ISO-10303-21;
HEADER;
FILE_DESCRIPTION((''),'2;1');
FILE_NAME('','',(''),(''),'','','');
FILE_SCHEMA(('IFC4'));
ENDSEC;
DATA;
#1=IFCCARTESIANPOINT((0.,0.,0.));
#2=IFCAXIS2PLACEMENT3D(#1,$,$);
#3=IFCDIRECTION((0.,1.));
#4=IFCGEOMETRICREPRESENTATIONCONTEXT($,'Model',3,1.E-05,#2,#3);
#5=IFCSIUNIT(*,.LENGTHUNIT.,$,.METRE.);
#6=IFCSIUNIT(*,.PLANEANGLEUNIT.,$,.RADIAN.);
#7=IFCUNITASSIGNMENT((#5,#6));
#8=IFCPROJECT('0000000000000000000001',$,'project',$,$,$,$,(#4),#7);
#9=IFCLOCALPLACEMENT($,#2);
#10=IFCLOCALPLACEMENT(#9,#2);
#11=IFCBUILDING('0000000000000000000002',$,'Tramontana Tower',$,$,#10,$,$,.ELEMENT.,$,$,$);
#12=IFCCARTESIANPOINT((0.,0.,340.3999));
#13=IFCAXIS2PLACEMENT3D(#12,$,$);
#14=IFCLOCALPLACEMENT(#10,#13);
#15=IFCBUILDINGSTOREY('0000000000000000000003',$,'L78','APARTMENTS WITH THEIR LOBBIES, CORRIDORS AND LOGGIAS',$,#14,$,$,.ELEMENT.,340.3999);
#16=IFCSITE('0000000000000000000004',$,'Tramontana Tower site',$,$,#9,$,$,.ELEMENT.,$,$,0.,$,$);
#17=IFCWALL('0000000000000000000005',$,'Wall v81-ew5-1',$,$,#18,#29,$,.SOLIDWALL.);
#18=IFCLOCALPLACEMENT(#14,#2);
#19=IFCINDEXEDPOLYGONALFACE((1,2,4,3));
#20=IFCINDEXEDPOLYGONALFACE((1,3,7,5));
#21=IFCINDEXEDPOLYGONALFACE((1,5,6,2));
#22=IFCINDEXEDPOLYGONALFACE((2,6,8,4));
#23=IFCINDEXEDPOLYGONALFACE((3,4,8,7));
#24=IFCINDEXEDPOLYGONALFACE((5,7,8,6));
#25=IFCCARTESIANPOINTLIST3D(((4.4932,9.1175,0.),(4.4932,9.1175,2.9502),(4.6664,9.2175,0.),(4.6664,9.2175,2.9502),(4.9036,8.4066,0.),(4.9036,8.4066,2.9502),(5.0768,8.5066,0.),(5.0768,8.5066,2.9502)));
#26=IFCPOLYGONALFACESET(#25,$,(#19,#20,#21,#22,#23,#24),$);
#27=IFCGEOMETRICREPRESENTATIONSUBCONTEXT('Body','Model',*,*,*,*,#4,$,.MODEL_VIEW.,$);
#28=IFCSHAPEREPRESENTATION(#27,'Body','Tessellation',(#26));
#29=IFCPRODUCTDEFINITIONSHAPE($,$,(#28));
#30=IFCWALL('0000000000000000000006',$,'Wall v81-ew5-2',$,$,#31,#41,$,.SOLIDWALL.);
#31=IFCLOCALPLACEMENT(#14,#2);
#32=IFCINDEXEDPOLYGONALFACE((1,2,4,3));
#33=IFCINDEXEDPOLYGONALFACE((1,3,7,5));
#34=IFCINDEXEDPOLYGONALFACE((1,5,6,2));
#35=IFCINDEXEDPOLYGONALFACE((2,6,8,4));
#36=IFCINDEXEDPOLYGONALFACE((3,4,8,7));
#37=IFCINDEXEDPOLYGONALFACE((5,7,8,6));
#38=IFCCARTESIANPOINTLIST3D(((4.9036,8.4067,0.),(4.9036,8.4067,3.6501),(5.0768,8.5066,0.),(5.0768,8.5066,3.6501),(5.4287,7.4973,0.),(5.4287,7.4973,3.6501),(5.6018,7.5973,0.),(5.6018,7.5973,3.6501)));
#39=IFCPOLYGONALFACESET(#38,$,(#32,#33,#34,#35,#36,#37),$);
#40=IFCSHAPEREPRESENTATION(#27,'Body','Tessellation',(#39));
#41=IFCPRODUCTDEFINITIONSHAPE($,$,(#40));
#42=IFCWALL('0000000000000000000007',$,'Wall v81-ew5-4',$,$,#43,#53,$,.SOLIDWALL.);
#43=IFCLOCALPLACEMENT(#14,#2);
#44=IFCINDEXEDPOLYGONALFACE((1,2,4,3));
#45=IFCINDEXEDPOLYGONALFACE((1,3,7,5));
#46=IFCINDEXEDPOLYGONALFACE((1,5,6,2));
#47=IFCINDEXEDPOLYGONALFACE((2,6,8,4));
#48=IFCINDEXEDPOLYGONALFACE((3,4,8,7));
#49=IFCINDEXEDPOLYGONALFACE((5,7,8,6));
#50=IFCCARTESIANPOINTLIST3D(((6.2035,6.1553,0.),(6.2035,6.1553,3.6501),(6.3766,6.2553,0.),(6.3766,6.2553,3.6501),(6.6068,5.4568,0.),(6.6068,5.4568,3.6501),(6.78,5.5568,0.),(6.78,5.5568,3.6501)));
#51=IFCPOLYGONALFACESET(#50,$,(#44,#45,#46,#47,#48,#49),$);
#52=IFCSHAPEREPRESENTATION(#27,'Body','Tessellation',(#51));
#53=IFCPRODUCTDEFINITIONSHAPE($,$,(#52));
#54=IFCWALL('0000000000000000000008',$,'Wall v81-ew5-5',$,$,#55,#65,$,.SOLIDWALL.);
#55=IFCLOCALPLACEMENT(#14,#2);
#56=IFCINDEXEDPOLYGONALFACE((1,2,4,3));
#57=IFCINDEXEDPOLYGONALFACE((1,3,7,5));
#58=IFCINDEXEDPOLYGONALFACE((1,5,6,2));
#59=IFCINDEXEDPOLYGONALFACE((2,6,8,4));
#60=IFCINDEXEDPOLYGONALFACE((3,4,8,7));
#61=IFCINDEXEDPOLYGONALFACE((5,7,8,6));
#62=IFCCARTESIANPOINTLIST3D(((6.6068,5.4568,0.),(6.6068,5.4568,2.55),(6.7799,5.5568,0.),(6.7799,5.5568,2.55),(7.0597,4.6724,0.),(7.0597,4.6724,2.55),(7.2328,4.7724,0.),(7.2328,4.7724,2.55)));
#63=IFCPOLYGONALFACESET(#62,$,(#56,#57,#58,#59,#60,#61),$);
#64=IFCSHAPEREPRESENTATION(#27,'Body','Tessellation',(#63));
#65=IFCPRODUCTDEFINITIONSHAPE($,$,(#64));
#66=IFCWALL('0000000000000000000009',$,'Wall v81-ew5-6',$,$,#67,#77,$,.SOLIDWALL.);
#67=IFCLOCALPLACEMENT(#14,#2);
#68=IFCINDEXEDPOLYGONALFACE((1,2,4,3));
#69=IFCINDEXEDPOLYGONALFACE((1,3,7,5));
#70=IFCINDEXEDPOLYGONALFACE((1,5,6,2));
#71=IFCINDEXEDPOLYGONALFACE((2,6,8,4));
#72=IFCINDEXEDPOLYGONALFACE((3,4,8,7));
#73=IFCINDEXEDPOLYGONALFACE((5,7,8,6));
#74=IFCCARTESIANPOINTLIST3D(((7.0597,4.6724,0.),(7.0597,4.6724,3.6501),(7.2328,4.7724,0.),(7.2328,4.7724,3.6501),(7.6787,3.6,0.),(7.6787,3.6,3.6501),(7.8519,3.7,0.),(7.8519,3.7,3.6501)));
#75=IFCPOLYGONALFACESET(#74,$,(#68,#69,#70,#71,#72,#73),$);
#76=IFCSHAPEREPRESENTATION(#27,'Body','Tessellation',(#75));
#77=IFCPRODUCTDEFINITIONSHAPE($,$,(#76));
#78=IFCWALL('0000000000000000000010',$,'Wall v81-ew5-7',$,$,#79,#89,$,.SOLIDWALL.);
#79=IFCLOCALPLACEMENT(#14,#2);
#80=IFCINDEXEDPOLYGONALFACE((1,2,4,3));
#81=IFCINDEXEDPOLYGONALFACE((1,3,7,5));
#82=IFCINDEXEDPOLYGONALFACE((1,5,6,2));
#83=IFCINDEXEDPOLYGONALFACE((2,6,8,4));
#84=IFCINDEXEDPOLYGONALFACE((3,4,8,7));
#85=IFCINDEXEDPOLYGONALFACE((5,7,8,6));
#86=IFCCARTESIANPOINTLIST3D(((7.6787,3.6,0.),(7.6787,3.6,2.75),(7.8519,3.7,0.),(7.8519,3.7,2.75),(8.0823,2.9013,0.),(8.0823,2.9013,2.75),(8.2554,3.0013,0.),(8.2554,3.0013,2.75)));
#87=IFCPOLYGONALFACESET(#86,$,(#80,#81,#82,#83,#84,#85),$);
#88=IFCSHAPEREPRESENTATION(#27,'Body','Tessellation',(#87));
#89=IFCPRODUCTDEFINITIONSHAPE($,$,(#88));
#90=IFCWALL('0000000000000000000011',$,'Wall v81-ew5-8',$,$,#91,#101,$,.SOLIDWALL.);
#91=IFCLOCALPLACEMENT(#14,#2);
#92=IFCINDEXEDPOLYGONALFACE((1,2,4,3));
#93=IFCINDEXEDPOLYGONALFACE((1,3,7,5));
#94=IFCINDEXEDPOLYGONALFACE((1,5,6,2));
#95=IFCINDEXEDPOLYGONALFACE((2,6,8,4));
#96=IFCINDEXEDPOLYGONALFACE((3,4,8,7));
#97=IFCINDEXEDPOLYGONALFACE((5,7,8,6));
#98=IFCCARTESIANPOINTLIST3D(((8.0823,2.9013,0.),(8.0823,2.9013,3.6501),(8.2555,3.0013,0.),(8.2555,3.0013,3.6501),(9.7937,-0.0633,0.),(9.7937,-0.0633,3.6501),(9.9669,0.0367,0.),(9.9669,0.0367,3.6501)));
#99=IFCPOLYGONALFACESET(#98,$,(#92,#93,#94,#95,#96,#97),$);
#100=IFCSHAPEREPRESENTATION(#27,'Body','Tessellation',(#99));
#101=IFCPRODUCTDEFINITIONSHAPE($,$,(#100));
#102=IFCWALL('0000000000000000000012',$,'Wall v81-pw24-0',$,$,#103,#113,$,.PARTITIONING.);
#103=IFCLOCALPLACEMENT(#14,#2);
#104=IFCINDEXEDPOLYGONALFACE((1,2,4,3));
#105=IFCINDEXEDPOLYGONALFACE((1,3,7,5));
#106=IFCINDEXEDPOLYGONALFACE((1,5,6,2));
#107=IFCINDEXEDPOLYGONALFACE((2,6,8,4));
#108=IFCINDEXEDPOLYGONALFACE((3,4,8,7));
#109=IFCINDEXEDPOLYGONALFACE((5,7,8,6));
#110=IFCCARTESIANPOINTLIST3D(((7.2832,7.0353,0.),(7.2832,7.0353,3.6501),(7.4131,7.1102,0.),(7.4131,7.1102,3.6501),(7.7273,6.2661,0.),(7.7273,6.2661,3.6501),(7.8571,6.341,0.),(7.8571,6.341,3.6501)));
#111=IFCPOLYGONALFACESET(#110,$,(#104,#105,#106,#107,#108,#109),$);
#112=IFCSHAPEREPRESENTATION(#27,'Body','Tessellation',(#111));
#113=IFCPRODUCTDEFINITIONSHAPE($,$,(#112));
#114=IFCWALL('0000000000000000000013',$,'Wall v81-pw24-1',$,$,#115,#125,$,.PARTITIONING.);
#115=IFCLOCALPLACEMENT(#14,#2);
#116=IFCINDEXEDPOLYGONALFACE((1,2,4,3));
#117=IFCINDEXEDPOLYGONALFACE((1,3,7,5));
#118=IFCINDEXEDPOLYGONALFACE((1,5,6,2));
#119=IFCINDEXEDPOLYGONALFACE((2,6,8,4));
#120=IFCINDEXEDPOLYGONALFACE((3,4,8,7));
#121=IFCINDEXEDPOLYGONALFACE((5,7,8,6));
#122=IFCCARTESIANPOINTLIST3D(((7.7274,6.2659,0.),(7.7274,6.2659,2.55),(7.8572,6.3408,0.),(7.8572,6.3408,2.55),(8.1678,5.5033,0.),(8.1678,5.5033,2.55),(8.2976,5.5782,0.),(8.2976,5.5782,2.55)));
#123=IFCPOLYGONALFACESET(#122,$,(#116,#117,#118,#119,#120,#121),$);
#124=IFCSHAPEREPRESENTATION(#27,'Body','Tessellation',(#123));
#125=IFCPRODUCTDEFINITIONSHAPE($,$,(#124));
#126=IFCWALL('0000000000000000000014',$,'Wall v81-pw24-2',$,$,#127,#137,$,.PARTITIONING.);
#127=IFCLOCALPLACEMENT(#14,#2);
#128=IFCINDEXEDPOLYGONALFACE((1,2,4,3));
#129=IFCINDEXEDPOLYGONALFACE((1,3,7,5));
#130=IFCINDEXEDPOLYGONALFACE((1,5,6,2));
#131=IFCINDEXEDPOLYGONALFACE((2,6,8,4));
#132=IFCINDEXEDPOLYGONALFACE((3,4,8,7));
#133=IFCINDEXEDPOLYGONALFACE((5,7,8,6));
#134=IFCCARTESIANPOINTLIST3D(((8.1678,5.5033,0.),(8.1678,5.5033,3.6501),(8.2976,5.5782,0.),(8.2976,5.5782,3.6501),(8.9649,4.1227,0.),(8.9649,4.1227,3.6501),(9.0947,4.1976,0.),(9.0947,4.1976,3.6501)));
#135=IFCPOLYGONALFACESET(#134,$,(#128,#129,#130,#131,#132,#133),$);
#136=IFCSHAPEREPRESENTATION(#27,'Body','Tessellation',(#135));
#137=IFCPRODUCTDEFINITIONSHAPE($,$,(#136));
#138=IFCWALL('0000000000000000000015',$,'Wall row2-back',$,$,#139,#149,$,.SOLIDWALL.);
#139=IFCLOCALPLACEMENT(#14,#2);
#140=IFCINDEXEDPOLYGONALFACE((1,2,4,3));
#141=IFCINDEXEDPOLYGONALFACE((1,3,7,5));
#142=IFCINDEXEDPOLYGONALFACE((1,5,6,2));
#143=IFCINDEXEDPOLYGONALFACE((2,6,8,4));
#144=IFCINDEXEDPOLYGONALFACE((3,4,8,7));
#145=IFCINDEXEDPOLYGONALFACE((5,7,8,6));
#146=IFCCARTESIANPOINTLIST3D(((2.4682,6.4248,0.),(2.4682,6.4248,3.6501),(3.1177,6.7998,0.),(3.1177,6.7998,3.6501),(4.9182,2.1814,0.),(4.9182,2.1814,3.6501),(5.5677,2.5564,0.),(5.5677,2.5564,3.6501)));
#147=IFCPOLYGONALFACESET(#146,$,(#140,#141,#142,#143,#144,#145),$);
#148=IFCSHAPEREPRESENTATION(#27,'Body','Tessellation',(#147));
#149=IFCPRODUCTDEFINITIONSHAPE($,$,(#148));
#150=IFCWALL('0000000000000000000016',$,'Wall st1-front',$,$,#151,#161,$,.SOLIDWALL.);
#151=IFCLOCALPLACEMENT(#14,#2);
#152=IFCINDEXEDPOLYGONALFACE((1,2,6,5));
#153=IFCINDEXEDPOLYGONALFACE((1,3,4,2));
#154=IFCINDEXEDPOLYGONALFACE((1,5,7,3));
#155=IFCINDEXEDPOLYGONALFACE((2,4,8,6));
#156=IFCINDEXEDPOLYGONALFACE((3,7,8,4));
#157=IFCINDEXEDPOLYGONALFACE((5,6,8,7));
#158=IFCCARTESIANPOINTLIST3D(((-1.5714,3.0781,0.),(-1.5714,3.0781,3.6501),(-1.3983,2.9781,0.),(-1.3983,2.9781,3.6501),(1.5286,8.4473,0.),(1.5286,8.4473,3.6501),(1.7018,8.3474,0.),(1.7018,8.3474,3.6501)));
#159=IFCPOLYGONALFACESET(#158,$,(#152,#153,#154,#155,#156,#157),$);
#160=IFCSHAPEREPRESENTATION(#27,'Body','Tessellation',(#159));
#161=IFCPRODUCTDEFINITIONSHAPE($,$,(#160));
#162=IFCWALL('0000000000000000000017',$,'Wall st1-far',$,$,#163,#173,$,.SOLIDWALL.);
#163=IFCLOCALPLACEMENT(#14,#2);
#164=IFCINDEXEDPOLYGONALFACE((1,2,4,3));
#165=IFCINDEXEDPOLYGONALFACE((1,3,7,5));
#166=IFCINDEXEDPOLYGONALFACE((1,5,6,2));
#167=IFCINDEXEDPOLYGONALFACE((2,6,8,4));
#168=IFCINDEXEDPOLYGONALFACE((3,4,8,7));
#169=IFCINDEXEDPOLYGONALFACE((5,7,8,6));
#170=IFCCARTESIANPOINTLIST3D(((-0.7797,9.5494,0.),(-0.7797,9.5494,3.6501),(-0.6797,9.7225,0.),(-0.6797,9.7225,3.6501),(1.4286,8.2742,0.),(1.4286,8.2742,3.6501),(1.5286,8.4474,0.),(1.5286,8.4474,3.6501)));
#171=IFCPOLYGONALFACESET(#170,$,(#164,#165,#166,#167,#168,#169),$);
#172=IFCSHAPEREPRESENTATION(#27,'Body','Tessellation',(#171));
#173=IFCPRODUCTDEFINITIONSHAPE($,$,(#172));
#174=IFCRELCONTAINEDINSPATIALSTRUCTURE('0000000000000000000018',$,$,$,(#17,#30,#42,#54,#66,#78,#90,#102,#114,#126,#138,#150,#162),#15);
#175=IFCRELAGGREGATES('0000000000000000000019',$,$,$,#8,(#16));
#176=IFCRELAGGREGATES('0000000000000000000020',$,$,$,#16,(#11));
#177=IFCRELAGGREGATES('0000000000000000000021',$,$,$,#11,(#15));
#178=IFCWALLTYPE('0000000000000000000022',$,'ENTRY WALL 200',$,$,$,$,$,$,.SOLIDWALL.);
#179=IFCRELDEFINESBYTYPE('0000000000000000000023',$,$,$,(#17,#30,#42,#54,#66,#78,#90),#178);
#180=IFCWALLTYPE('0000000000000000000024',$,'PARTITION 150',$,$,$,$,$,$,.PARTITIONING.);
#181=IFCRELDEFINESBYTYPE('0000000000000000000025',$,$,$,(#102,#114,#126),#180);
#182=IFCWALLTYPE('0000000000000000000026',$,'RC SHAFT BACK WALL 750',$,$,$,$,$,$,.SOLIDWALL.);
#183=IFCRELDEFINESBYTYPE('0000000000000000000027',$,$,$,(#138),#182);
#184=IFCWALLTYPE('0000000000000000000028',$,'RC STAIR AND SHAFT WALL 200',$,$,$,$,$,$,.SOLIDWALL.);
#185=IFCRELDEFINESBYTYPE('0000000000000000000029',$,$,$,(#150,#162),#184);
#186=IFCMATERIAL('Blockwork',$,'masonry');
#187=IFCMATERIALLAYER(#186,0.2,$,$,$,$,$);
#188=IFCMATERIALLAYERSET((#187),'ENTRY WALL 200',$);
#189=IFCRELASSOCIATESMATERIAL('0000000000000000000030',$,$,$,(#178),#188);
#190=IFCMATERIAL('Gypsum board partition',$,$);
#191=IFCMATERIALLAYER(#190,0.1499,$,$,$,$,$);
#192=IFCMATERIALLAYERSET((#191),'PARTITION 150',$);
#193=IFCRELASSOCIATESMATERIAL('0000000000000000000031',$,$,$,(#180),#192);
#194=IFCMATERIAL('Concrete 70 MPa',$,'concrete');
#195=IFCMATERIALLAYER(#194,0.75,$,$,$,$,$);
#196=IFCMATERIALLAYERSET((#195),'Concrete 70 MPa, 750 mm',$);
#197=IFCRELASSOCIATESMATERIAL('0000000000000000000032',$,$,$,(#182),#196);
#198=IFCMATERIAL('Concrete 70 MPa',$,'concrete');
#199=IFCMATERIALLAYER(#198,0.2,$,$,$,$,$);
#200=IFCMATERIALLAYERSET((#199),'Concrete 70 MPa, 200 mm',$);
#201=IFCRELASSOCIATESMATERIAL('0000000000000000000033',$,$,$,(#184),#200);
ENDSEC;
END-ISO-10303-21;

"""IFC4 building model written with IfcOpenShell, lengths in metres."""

from ifc_helpers import new_model, si_unit, direction, frame, frame_2d, origin, place, context, subcontext, project, spatial, rectangle, extrude, material, layer, layer_set, type_object, element, save


model = new_model("IFC4")

# Units and contexts
model_context = context("Model", 3, precision=1e-05, world=origin(), true_north=direction((0.0, 1.0)))
body_context = subcontext(model_context, "Body", "Model", "MODEL_VIEW")
ifc_project = project(units=[si_unit("LENGTHUNIT", "METRE"), si_unit("PLANEANGLEUNIT", "RADIAN")], contexts=[model_context])

# Site, building, storey
site_placement = place(None, origin())
site = spatial("IfcSite", under=ifc_project, at=site_placement, Name="Tramontana Tower site", CompositionType="ELEMENT", RefElevation=0.0)
building_placement = place(site_placement, origin())
building = spatial("IfcBuilding", under=site, at=building_placement, Name="Tramontana Tower", CompositionType="ELEMENT")
storey_placement = place(building_placement, frame((0.0, 0.0, 340.3999)))
storey = spatial("IfcBuildingStorey", under=building, at=storey_placement, Name="L78", Description="APARTMENTS WITH THEIR LOBBIES, CORRIDORS AND LOGGIAS", CompositionType="ELEMENT", Elevation=340.3999)

# Walls
ifc_material_1 = material(Name="Blockwork", Category="masonry")
ifc_layer_1 = layer(ifc_material_1, 0.2)
ifc_layer_set_1 = layer_set([ifc_layer_1], Name="ENTRY WALL 200")
wall_type_1 = type_object("IfcWallType", Name="ENTRY WALL 200", PredefinedType="SOLIDWALL", material=ifc_layer_set_1)
wall_1_placement = place(storey_placement, frame((4.5798, 9.1675, 0.0), z_axis=(0.0, 0.0, 1.0), x_axis=(0.499946, -0.866057, 0.0)))
element("IfcWall", 1, at=wall_1_placement, inside=storey, type_object=wall_type_1, Name="Wall v81-ew5-1", PredefinedType="SOLIDWALL", context=body_context, shape_type="SweptSolid", body=[
    extrude(rectangle(XDim=0.8208, YDim=0.2, at=frame_2d((0.4104, 0.0))), origin(), (0.0, 0.0, 1.0), 2.9502),
])
wall_2_placement = place(storey_placement, frame((4.9902, 8.4565, 0.0), z_axis=(0.0, 0.0, 1.0), x_axis=(0.500065, -0.865988, 0.0)))
element("IfcWall", 2, at=wall_2_placement, inside=storey, type_object=wall_type_1, Name="Wall v81-ew5-2", PredefinedType="SOLIDWALL", context=body_context, shape_type="SweptSolid", body=[
    extrude(rectangle(XDim=1.05, YDim=0.2, at=frame_2d((0.5249, 0.0))), origin(), (0.0, 0.0, 1.0), 3.6501),
])

# Walls
wall_3_placement = place(storey_placement, frame((6.29, 6.2053, 0.0), z_axis=(0.0, 0.0, 1.0), x_axis=(0.500046, -0.865999, 0.0)))
element("IfcWall", 3, at=wall_3_placement, inside=storey, type_object=wall_type_1, Name="Wall v81-ew5-4", PredefinedType="SOLIDWALL", context=body_context, shape_type="SweptSolid", body=[
    extrude(rectangle(XDim=0.8066, YDim=0.2, at=frame_2d((0.4033, 0.0))), origin(), (0.0, 0.0, 1.0), 3.6501),
])
wall_4_placement = place(storey_placement, frame((6.6934, 5.5068, 0.0), z_axis=(0.0, 0.0, 1.0), x_axis=(0.499995, -0.866028, 0.0)))
element("IfcWall", 4, at=wall_4_placement, inside=storey, type_object=wall_type_1, Name="Wall v81-ew5-5", PredefinedType="SOLIDWALL", context=body_context, shape_type="SweptSolid", body=[
    extrude(rectangle(XDim=0.9058, YDim=0.2, at=frame_2d((0.4529, 0.0))), origin(), (0.0, 0.0, 1.0), 2.55),
])
wall_5_placement = place(storey_placement, frame((7.1462, 4.7224, 0.0), z_axis=(0.0, 0.0, 1.0), x_axis=(0.499956, -0.866051, 0.0)))
element("IfcWall", 5, at=wall_5_placement, inside=storey, type_object=wall_type_1, Name="Wall v81-ew5-6", PredefinedType="SOLIDWALL", context=body_context, shape_type="SweptSolid", body=[
    extrude(rectangle(XDim=1.2383, YDim=0.2, at=frame_2d((0.6191, 0.0))), origin(), (0.0, 0.0, 1.0), 3.6501),
])
wall_6_placement = place(storey_placement, frame((7.7654, 3.6499, 0.0), z_axis=(0.0, 0.0, 1.0), x_axis=(0.500141, -0.865944, 0.0)))
element("IfcWall", 6, at=wall_6_placement, inside=storey, type_object=wall_type_1, Name="Wall v81-ew5-7", PredefinedType="SOLIDWALL", context=body_context, shape_type="SweptSolid", body=[
    extrude(rectangle(XDim=0.8069, YDim=0.2, at=frame_2d((0.4033, 0.0))), origin(), (0.0, 0.0, 1.0), 2.75),
])
wall_7_placement = place(storey_placement, frame((8.1689, 2.9512, 0.0), z_axis=(0.0, 0.0, 1.0), x_axis=(0.499959, -0.866049, 0.0)))
element("IfcWall", 7, at=wall_7_placement, inside=storey, type_object=wall_type_1, Name="Wall v81-ew5-8", PredefinedType="SOLIDWALL", context=body_context, shape_type="SweptSolid", body=[
    extrude(rectangle(XDim=3.4231, YDim=0.2, at=frame_2d((1.7114, 0.0))), origin(), (0.0, 0.0, 1.0), 3.6501),
])

# Shared definitions
ifc_material_2 = material(Name="Gypsum board partition")
ifc_layer_2 = layer(ifc_material_2, 0.1499)
ifc_layer_set_2 = layer_set([ifc_layer_2], Name="PARTITION 150")
wall_type_2 = type_object("IfcWallType", Name="PARTITION 150", PredefinedType="PARTITIONING", material=ifc_layer_set_2)

# Walls
wall_8_placement = place(storey_placement, frame((7.3481, 7.0728, 0.0), z_axis=(0.0, 0.0, 1.0), x_axis=(0.499952, -0.866053, 0.0)))
element("IfcWall", 8, at=wall_8_placement, inside=storey, type_object=wall_type_2, Name="Wall v81-pw24-0", PredefinedType="PARTITIONING", context=body_context, shape_type="SweptSolid", body=[
    extrude(rectangle(XDim=0.8882, YDim=0.1499, at=frame_2d((0.4441, 0.0))), origin(), (0.0, 0.0, 1.0), 3.6501),
])
wall_9_placement = place(storey_placement, frame((7.7922, 6.3035, 0.0), z_axis=(0.0, 0.0, 1.0), x_axis=(0.500074, -0.865982, 0.0)))
element("IfcWall", 9, at=wall_9_placement, inside=storey, type_object=wall_type_2, Name="Wall v81-pw24-1", PredefinedType="PARTITIONING", context=body_context, shape_type="SweptSolid", body=[
    extrude(rectangle(XDim=0.8806, YDim=0.1499, at=frame_2d((0.4404, 0.0))), origin(), (0.0, 0.0, 1.0), 2.55),
])
wall_10_placement = place(storey_placement, frame((8.2327, 5.5408, 0.0), z_axis=(0.0, 0.0, 1.0), x_axis=(0.50001, -0.86602, 0.0)))
element("IfcWall", 10, at=wall_10_placement, inside=storey, type_object=wall_type_2, Name="Wall v81-pw24-2", PredefinedType="PARTITIONING", context=body_context, shape_type="SweptSolid", body=[
    extrude(rectangle(XDim=1.5942, YDim=0.1499, at=frame_2d((0.7971, 0.0))), origin(), (0.0, 0.0, 1.0), 3.6501),
])

# Walls
ifc_material_3 = material(Name="Concrete 70 MPa", Category="concrete")
ifc_layer_3 = layer(ifc_material_3, 0.75)
ifc_layer_set_3 = layer_set([ifc_layer_3], Name="Concrete 70 MPa, 750 mm")
wall_type_3 = type_object("IfcWallType", Name="RC SHAFT BACK WALL 750", PredefinedType="SOLIDWALL", material=ifc_layer_set_3)
wall_11_placement = place(storey_placement, frame((5.2429, 2.3689, 0.0), z_axis=(0.0, 0.0, 1.0), x_axis=(-0.500003, 0.866024, 0.0)))
element("IfcWall", 11, at=wall_11_placement, inside=storey, type_object=wall_type_3, Name="Wall row2-back", PredefinedType="SOLIDWALL", context=body_context, shape_type="SweptSolid", body=[
    extrude(rectangle(XDim=4.8999, YDim=0.75, at=frame_2d((2.45, 0.0))), origin(), (0.0, 0.0, 1.0), 3.6501),
])
ifc_material_4 = material(Name="Concrete 70 MPa", Category="concrete")
ifc_layer_4 = layer(ifc_material_4, 0.2)
ifc_layer_set_4 = layer_set([ifc_layer_4], Name="Concrete 70 MPa, 200 mm")
wall_type_4 = type_object("IfcWallType", Name="RC STAIR AND SHAFT WALL 200", PredefinedType="SOLIDWALL", material=ifc_layer_set_4)
wall_12_placement = place(storey_placement, frame((1.6152, 8.3975, 0.0), z_axis=(0.0, 0.0, 1.0), x_axis=(-0.50001, -0.86602, 0.0)))
element("IfcWall", 12, at=wall_12_placement, inside=storey, type_object=wall_type_4, Name="Wall st1-front", PredefinedType="SOLIDWALL", context=body_context, shape_type="SweptSolid", body=[
    extrude(rectangle(XDim=6.2, YDim=0.2, at=frame_2d((3.1001, 0.0))), origin(), (0.0, 0.0, 1.0), 3.6501),
])
wall_13_placement = place(storey_placement, frame((1.4785, 8.3608, 0.0), z_axis=(0.0, 0.0, 1.0), x_axis=(-0.865989, 0.500062, 0.0)))
element("IfcWall", 13, at=wall_13_placement, inside=storey, type_object=wall_type_4, Name="Wall st1-far", PredefinedType="SOLIDWALL", context=body_context, shape_type="SweptSolid", body=[
    extrude(rectangle(XDim=2.55, YDim=0.2, at=frame_2d((1.2749, 0.0))), origin(), (0.0, 0.0, 1.0), 3.6501),
])

save(model, "model.ifc")
